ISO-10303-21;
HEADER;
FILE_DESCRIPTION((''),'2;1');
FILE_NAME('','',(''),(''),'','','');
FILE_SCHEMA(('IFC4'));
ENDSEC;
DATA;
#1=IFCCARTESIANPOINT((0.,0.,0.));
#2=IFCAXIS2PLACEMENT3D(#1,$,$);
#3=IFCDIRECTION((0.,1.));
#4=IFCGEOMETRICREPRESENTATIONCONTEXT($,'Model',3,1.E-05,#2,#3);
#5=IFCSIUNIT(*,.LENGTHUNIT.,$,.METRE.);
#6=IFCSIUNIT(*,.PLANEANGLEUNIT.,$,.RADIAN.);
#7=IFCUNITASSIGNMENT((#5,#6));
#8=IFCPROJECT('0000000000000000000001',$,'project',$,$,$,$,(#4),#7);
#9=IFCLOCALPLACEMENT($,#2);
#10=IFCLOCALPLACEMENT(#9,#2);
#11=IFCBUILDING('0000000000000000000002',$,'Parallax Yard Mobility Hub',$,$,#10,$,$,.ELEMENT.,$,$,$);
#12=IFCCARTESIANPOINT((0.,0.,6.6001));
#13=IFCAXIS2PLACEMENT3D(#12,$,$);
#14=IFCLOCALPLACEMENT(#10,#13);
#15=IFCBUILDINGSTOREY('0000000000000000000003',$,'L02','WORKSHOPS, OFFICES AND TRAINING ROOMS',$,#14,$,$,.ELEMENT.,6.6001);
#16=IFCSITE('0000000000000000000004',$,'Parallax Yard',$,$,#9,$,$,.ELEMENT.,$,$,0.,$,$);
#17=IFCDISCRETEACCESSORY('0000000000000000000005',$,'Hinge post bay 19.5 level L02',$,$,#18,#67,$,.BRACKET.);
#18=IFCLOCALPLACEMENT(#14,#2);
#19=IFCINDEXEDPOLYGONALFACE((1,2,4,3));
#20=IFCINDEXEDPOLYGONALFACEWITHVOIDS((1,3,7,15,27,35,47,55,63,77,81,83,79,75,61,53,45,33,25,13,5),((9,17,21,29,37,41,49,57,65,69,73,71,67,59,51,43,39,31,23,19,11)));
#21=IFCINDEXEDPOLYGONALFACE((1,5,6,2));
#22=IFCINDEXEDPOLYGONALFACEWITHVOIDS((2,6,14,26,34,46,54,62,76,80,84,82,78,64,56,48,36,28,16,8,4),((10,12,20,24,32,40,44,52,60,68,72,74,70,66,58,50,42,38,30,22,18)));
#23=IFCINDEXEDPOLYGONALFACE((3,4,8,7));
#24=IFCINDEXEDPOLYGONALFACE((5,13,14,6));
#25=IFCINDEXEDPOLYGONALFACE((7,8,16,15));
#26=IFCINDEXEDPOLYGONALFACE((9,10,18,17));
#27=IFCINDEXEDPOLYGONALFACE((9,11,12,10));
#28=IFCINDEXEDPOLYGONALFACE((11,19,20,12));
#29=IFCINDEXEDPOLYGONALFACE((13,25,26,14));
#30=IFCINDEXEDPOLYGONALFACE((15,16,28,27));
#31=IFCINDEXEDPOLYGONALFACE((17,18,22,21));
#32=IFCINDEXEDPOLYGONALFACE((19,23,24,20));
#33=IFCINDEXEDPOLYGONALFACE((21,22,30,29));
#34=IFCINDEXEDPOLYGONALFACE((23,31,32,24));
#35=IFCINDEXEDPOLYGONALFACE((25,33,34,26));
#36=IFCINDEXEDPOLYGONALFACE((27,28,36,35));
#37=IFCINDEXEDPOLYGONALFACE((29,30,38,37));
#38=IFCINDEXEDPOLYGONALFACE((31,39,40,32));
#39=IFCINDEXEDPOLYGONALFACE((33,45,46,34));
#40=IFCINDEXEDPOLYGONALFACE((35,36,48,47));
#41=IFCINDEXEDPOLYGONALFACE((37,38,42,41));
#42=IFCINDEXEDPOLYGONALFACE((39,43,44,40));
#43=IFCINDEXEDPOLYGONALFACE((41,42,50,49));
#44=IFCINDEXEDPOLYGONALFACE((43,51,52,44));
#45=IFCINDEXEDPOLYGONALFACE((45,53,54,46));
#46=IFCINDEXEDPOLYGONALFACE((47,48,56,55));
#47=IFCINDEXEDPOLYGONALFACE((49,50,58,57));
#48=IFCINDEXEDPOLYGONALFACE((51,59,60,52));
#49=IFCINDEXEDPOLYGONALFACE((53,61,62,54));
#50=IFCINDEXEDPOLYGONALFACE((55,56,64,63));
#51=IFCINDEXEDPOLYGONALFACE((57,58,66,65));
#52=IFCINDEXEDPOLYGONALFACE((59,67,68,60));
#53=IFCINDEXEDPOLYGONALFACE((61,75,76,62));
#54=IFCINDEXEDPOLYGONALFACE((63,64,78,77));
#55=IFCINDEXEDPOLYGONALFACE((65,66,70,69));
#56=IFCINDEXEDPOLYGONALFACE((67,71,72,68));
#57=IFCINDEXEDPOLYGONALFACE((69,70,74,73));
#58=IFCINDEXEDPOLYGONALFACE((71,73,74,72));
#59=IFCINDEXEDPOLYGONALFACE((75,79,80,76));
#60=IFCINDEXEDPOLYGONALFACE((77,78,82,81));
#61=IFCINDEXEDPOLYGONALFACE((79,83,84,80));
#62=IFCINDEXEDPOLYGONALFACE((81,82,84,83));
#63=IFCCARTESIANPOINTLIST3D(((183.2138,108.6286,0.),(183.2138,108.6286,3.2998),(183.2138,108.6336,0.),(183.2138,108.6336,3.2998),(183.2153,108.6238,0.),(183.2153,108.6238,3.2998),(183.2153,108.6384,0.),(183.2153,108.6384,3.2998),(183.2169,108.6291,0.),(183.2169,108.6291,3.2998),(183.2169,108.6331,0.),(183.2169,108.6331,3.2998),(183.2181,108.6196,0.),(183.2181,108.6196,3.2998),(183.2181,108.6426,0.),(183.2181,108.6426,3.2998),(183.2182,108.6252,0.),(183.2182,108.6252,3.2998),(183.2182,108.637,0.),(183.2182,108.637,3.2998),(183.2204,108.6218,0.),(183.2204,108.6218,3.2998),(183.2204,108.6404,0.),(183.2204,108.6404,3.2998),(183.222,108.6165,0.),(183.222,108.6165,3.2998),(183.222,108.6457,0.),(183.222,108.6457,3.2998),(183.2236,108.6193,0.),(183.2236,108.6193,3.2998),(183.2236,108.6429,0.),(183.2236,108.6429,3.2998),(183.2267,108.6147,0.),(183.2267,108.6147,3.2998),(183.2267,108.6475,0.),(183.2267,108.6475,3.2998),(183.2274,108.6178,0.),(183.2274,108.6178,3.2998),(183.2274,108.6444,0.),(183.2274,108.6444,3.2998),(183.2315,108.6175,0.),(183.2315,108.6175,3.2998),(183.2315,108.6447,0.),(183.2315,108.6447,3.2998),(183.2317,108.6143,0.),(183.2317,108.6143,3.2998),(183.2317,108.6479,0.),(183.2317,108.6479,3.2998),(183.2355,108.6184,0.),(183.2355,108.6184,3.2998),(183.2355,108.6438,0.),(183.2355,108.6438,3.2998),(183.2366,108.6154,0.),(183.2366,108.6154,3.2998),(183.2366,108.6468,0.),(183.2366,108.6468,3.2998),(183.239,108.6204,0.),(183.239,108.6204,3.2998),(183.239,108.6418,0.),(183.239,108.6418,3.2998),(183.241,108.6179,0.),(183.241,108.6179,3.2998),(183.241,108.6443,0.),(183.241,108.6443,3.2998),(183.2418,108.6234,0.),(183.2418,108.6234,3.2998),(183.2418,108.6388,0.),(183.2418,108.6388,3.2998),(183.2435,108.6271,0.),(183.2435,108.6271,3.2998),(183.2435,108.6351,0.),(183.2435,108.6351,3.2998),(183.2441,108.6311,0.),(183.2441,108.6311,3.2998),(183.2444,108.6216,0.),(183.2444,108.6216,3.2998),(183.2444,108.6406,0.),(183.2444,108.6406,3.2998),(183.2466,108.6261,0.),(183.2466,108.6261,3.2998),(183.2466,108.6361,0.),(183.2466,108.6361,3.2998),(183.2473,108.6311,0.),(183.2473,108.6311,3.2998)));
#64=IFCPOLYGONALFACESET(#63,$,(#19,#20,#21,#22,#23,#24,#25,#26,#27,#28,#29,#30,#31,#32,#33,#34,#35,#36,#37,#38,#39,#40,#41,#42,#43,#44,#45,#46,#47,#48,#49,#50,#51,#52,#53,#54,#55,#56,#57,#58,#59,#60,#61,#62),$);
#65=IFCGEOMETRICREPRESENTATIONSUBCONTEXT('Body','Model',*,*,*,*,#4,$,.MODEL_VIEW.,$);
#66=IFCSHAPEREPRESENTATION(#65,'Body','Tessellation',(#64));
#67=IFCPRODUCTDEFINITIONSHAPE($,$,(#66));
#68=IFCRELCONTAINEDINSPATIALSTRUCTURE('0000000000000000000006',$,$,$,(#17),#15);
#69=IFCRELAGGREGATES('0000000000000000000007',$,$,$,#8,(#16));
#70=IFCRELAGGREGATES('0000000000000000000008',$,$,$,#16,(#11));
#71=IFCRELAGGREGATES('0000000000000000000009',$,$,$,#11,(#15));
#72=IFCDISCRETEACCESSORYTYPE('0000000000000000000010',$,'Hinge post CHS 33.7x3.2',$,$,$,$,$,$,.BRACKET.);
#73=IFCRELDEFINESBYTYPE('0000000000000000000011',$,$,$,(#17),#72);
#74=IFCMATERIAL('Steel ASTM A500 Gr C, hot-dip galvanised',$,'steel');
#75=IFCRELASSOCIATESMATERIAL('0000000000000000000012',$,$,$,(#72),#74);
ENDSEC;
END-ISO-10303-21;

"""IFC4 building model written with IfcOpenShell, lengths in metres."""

from ifc_helpers import new_model, si_unit, direction, frame, origin, origin_2d, place, context, subcontext, project, spatial, hollow_circle, extrude, material, material_profile, profile_set, type_object, element, save


model = new_model("IFC4")

# Units and contexts
model_context = context("Model", 3, precision=1e-05, world=origin(), true_north=direction((0.0, 1.0)))
body_context = subcontext(model_context, "Body", "Model", "MODEL_VIEW")
ifc_project = project(units=[si_unit("LENGTHUNIT", "METRE"), si_unit("PLANEANGLEUNIT", "RADIAN")], contexts=[model_context])

# Site, building, storey
site_placement = place(None, origin())
site = spatial("IfcSite", under=ifc_project, at=site_placement, Name="Parallax Yard", CompositionType="ELEMENT", RefElevation=0.0)
building_placement = place(site_placement, origin())
building = spatial("IfcBuilding", under=site, at=building_placement, Name="Parallax Yard Mobility Hub", CompositionType="ELEMENT")
storey_placement = place(building_placement, frame((0.0, 0.0, 6.6001)))
storey = spatial("IfcBuildingStorey", under=building, at=storey_placement, Name="L02", Description="WORKSHOPS, OFFICES AND TRAINING ROOMS", CompositionType="ELEMENT", Elevation=6.6001)

# Discrete accessory
ifc_material_1 = material(Name="Steel ASTM A500 Gr C, hot-dip galvanised", Category="steel")
ifc_material_profile_1 = material_profile(ifc_material_1, hollow_circle(Radius=0.0168, WallThickness=0.0032, at=origin_2d()), Name="CHS 33.7x3.2")
ifc_profile_set_1 = profile_set([ifc_material_profile_1], Name="Steel ASTM A500 Gr C, hot-dip galvanised")
discrete_accessory_type_1 = type_object("IfcDiscreteAccessoryType", Name="Hinge post CHS 33.7x3.2", PredefinedType="BRACKET", material=ifc_profile_set_1)
for number, where, z_axis, x_axis, name in (
    (1, (183.2305, 108.6311, 0.0), (0.0, 0.0, 1.0), (1.0, 0.0, 0.0), "Hinge post bay 19.5 level L02"),
):
    element("IfcDiscreteAccessory", number, at=place(storey_placement, frame(where, z_axis=z_axis, x_axis=x_axis)), inside=storey, type_object=discrete_accessory_type_1, Name=name, PredefinedType="BRACKET", context=body_context, shape_type="SweptSolid", body=[
        extrude(hollow_circle(Radius=0.0168, WallThickness=0.0032, at=origin_2d()), origin(), (0.0, 0.0, 1.0), 3.2998),
    ])

save(model, "model.ifc")
